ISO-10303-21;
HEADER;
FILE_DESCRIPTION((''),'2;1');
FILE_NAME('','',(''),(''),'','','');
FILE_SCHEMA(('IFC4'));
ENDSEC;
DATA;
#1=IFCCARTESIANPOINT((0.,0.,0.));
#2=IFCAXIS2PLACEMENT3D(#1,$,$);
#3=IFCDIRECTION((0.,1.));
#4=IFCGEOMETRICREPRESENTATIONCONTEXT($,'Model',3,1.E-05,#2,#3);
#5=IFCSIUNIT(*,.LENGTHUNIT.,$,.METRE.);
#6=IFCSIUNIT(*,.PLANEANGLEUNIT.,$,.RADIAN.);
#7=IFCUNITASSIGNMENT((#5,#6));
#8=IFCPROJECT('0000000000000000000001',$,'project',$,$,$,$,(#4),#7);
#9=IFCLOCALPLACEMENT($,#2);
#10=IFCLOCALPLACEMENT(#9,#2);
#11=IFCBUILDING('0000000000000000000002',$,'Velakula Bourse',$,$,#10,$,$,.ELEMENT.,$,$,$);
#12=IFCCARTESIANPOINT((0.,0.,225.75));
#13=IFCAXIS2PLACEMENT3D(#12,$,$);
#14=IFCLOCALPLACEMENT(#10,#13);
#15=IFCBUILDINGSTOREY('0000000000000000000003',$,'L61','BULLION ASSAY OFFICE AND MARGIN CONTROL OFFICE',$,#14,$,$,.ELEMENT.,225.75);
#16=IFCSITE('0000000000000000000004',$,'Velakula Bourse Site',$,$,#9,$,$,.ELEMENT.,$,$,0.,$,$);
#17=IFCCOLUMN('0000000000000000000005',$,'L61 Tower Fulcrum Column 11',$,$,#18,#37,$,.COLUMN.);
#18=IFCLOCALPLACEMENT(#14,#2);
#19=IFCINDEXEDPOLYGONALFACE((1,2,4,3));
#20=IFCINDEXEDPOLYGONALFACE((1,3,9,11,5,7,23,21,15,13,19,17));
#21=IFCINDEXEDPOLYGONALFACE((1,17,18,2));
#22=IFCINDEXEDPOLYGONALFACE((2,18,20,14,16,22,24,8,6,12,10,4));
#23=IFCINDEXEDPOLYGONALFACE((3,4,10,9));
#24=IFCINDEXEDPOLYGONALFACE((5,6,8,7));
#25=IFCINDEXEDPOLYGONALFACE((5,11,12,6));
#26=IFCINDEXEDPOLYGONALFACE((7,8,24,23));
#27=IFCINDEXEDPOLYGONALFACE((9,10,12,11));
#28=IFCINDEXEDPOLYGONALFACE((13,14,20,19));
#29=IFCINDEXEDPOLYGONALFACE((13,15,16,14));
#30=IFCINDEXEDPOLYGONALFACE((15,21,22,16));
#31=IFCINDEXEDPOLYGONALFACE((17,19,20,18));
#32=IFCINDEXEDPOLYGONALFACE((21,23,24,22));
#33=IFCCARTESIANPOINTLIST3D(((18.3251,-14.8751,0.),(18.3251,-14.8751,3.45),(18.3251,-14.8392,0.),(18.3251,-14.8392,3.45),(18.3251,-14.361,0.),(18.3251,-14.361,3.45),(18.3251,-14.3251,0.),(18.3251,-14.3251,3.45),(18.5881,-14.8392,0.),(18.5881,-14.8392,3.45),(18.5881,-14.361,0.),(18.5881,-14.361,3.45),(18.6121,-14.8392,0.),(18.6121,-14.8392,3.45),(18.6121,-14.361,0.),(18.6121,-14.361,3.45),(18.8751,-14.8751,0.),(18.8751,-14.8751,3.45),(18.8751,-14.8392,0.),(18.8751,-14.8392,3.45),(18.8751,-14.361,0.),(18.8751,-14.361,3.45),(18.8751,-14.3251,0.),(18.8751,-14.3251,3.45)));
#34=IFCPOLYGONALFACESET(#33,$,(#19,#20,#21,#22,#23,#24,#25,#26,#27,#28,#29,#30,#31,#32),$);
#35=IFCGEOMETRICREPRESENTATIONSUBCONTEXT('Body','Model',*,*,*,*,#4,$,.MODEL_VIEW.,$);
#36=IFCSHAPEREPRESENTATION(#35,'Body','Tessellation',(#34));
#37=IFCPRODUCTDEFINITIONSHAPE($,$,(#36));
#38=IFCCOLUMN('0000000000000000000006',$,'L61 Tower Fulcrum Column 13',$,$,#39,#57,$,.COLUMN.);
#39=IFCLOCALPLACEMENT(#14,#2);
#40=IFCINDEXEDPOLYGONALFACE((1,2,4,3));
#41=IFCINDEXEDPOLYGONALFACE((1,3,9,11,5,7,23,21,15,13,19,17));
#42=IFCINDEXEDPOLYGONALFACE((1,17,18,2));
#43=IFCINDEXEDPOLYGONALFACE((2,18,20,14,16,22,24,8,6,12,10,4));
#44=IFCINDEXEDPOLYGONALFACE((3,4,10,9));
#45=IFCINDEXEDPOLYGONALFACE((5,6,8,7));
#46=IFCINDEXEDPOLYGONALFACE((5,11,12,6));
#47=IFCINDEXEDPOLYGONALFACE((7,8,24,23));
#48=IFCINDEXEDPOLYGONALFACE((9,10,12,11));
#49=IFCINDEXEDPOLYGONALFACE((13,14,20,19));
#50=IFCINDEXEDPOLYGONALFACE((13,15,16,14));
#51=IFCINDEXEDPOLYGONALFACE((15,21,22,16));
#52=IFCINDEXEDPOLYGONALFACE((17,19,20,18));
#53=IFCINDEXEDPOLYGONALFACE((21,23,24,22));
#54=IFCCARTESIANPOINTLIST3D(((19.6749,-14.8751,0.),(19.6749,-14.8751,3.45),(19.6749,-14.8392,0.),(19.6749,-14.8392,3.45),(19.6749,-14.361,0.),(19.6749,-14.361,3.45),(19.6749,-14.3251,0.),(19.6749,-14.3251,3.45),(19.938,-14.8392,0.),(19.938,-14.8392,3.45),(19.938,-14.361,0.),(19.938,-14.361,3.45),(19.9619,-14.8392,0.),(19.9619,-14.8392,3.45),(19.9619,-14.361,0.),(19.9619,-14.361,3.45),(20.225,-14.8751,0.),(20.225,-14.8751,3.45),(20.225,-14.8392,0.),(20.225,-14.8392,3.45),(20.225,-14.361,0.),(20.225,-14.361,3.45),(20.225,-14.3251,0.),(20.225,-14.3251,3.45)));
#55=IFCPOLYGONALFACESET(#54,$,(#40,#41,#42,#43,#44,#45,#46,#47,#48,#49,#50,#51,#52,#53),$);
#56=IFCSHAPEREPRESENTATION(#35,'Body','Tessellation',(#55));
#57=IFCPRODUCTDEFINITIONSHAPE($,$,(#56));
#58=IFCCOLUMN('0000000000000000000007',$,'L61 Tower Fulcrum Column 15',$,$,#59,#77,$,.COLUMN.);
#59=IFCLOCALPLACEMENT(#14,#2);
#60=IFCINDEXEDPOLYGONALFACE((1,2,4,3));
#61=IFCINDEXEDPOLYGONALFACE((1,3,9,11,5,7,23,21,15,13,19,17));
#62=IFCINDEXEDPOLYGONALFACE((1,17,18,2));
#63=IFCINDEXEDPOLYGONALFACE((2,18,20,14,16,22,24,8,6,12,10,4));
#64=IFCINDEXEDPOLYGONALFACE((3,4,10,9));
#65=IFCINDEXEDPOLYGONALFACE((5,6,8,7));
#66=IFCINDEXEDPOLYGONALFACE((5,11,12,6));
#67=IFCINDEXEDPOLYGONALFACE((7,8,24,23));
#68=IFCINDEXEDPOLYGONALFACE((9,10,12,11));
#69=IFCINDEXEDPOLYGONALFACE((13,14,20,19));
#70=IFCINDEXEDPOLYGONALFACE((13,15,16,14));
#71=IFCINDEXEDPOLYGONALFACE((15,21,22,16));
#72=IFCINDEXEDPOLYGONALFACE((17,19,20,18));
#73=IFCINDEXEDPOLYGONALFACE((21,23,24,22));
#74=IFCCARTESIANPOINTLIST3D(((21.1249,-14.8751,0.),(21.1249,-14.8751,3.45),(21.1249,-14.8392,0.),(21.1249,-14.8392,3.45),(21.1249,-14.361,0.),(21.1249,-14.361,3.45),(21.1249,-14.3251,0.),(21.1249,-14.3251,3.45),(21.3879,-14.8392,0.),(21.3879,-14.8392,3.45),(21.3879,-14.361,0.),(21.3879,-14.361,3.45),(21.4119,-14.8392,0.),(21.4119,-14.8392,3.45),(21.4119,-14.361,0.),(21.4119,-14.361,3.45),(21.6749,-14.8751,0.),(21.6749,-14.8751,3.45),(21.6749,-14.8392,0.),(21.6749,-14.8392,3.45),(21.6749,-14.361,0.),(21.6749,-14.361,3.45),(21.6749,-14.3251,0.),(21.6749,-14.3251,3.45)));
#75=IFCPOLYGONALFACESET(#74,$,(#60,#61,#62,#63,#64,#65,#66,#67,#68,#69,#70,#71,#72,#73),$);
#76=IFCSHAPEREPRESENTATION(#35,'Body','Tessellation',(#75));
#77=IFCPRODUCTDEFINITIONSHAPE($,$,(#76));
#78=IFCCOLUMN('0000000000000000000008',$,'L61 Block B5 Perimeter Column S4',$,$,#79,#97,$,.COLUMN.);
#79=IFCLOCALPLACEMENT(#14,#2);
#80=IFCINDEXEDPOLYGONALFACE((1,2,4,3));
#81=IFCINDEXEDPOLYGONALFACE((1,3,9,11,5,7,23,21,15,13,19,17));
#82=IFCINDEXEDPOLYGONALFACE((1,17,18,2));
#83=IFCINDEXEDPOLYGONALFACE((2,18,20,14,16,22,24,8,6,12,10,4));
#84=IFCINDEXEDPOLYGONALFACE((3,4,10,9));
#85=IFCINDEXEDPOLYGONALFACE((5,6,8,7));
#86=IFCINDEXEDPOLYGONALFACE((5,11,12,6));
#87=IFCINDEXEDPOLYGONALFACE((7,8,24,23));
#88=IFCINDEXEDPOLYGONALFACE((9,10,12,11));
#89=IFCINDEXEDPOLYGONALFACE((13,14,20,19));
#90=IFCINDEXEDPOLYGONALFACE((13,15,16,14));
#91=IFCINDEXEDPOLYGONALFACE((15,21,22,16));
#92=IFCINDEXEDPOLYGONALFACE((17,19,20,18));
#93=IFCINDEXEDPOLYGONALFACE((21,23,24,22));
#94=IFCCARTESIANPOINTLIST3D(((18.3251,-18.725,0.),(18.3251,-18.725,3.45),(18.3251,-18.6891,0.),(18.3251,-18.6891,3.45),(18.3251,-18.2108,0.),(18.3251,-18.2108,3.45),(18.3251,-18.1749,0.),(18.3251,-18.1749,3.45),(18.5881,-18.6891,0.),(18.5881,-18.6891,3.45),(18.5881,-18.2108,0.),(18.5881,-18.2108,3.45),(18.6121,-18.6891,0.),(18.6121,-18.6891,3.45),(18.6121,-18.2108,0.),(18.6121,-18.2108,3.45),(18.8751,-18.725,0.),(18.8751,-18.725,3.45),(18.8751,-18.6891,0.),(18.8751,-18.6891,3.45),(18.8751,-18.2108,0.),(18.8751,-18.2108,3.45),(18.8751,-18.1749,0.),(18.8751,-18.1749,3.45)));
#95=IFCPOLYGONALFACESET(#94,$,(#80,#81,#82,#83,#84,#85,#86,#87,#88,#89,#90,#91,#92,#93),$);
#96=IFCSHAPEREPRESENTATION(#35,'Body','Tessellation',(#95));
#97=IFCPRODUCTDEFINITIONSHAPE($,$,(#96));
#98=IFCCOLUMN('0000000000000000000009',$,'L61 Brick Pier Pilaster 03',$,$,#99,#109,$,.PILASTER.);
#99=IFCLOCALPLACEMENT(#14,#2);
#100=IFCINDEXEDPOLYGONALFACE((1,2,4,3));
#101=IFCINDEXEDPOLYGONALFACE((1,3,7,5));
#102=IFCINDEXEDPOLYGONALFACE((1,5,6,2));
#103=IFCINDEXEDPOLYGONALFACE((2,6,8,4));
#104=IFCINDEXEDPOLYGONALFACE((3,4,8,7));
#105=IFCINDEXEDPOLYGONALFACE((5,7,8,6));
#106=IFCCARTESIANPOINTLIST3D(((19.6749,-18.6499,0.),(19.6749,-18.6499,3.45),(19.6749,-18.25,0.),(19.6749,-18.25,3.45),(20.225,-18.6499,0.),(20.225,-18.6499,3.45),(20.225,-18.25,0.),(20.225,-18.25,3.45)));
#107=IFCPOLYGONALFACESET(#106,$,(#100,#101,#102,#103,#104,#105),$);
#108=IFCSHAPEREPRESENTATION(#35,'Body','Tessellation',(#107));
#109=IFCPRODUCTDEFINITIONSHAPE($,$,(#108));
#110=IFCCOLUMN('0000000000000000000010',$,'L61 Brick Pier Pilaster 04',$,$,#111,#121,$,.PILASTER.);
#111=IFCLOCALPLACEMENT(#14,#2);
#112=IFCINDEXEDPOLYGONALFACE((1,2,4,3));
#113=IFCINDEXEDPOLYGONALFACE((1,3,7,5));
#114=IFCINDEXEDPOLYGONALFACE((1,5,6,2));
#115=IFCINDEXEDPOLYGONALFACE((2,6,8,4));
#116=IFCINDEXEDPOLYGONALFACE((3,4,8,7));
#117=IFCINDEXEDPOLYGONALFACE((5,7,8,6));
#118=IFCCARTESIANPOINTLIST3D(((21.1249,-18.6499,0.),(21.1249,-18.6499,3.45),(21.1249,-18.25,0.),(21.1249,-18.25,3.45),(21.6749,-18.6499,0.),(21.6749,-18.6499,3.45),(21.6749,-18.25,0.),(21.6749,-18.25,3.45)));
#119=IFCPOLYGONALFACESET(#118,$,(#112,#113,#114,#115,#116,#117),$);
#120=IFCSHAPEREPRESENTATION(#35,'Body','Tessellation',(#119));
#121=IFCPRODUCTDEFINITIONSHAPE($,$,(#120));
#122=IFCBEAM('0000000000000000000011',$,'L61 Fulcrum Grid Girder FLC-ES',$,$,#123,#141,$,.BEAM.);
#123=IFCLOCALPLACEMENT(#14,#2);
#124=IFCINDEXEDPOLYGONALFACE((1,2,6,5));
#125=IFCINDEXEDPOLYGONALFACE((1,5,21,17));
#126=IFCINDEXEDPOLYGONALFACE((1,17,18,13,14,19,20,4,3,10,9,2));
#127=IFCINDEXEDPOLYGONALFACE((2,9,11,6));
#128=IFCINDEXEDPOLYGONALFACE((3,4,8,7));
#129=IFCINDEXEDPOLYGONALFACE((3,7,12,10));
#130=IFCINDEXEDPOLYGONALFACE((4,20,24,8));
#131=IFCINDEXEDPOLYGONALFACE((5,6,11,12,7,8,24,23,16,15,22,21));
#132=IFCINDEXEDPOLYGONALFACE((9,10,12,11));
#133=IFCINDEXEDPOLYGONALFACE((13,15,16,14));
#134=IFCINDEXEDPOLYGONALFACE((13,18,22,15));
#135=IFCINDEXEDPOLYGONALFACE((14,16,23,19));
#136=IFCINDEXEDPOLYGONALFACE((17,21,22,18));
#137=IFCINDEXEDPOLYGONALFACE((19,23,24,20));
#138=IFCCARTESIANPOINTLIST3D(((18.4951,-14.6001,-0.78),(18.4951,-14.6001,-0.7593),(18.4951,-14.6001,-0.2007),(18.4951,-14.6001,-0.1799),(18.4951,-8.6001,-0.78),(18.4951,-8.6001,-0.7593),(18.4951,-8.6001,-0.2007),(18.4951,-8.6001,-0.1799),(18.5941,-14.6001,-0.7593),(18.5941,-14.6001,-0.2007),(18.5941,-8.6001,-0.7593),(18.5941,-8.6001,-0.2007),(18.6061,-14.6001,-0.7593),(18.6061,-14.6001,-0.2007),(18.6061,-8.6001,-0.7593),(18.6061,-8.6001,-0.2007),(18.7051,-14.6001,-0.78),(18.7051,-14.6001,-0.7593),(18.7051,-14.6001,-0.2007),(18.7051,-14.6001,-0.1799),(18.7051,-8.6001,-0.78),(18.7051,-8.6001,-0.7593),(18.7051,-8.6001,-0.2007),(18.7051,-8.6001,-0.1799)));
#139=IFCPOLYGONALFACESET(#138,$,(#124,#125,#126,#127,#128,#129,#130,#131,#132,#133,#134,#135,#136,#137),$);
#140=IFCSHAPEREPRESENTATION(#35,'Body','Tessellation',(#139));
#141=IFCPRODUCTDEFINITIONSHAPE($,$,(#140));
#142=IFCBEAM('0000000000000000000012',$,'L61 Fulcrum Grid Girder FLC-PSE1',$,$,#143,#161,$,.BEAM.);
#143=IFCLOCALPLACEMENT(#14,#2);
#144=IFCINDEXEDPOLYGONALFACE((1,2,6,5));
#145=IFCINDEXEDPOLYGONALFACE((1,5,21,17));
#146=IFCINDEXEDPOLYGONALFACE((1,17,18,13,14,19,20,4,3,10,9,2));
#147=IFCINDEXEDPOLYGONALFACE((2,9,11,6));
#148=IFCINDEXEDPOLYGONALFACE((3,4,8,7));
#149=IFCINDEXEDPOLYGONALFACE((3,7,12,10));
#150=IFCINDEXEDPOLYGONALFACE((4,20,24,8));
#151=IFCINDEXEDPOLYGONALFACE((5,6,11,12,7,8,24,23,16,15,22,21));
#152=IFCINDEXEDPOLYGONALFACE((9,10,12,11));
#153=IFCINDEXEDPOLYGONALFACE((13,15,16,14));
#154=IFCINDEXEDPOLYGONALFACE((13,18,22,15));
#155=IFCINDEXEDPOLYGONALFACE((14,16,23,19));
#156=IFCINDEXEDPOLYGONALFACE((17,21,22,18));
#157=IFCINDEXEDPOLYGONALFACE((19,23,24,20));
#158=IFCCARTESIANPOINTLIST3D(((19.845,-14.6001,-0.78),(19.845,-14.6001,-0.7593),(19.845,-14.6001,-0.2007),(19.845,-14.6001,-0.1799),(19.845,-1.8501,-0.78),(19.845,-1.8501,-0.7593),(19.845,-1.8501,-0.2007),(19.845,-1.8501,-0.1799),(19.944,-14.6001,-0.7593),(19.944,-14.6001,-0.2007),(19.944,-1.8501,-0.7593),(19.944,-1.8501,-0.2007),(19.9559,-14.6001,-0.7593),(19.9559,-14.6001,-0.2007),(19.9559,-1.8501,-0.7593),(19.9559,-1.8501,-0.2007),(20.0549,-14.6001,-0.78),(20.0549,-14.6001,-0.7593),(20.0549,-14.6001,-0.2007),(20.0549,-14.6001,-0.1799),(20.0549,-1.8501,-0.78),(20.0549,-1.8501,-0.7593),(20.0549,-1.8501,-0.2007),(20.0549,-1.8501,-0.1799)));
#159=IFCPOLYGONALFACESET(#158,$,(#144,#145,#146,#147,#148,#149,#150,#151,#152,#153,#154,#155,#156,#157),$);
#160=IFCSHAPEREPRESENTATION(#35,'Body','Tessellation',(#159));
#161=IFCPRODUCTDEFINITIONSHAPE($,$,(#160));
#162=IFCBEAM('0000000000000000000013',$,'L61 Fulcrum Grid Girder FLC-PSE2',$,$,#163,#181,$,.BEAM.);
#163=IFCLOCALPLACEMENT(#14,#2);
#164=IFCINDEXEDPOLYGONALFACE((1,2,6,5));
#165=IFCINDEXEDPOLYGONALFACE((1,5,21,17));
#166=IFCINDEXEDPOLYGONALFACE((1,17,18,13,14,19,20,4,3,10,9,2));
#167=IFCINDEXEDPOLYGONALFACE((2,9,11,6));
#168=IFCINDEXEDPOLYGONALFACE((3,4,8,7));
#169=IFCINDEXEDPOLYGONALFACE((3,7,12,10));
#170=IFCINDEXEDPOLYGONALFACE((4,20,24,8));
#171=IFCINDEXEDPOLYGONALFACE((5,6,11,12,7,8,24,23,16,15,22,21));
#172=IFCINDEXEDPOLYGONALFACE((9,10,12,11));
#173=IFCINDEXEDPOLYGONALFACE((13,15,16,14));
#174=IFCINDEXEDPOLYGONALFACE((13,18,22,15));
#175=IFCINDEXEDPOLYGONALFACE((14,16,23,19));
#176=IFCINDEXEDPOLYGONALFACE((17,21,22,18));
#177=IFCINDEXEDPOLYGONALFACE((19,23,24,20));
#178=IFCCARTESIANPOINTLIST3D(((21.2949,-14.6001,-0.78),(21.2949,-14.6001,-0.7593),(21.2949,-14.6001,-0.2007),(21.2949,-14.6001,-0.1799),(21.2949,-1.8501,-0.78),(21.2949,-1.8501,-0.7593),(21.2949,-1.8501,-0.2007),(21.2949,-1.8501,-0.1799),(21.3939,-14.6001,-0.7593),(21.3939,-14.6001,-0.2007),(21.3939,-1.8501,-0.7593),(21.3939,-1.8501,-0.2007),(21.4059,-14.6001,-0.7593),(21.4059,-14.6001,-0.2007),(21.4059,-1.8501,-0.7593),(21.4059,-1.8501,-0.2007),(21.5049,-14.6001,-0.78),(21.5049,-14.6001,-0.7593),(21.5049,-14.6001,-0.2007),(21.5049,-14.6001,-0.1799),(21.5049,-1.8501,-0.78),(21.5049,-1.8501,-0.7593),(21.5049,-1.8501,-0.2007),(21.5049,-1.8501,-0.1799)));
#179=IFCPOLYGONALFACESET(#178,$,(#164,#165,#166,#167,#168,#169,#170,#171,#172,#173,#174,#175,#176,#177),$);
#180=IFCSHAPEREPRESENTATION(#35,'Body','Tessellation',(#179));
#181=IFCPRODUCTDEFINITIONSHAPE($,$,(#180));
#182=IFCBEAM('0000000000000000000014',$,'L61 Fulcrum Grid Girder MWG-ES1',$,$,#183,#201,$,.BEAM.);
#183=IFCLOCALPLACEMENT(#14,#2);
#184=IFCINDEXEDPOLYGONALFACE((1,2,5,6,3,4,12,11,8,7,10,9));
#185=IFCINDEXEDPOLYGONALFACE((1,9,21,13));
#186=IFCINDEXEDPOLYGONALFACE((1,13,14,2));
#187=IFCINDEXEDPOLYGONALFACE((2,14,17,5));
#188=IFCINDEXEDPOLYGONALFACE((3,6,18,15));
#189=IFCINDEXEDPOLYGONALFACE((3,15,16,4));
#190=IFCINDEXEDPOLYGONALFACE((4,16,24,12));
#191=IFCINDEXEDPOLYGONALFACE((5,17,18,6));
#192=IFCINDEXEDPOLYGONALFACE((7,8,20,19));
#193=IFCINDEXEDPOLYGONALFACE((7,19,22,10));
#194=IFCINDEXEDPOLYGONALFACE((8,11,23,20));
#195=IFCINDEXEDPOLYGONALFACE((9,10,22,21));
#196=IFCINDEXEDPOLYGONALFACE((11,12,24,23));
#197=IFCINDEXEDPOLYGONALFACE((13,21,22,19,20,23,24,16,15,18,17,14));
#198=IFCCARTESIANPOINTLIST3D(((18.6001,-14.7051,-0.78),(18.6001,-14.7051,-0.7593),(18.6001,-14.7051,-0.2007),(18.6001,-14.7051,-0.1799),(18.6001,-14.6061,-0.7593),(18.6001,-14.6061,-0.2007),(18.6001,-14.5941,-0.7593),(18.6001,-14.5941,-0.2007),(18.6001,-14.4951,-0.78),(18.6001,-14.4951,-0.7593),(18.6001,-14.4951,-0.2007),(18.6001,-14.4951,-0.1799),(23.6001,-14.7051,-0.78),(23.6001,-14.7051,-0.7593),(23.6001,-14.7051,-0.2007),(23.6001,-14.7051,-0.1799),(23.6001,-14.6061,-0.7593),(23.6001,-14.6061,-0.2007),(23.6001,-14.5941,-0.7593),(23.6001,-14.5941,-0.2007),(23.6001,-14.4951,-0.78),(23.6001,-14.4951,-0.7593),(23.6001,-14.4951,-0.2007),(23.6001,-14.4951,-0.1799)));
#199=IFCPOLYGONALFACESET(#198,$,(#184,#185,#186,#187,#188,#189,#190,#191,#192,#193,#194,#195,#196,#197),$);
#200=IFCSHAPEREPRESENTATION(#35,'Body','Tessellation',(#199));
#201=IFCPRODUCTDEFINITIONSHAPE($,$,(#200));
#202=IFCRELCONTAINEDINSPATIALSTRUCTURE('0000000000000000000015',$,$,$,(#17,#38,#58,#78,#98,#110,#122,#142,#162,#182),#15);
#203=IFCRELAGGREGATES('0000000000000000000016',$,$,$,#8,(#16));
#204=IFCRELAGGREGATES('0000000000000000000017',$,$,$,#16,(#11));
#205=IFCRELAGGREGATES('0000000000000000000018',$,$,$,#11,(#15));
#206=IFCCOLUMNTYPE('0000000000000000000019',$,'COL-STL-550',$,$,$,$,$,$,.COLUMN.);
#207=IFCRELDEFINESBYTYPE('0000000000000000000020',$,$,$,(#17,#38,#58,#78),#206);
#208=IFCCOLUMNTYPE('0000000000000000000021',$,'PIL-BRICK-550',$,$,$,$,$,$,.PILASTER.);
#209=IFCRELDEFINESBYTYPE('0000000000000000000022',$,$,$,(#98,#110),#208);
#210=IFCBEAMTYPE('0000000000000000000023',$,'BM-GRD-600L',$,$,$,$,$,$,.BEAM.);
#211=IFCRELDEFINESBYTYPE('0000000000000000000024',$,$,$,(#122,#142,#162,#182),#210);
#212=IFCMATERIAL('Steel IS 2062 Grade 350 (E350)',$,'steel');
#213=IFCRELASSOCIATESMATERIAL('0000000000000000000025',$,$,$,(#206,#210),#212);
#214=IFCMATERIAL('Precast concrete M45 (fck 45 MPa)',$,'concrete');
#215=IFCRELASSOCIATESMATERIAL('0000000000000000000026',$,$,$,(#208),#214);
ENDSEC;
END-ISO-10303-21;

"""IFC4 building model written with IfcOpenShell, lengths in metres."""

from ifc_helpers import new_model, si_unit, direction, frame, origin, origin_2d, place, context, subcontext, project, spatial, rectangle, i_section, extrude, material, material_profile, profile_set, type_object, element, save


model = new_model("IFC4")

# Units and contexts
model_context = context("Model", 3, precision=1e-05, world=origin(), true_north=direction((0.0, 1.0)))
body_context = subcontext(model_context, "Body", "Model", "MODEL_VIEW")
ifc_project = project(units=[si_unit("LENGTHUNIT", "METRE"), si_unit("PLANEANGLEUNIT", "RADIAN")], contexts=[model_context])

# Site, building, storey
site_placement = place(None, origin())
site = spatial("IfcSite", under=ifc_project, at=site_placement, Name="Velakula Bourse Site", CompositionType="ELEMENT", RefElevation=0.0)
building_placement = place(site_placement, origin())
building = spatial("IfcBuilding", under=site, at=building_placement, Name="Velakula Bourse", CompositionType="ELEMENT")
storey_placement = place(building_placement, frame((0.0, 0.0, 225.75)))
storey = spatial("IfcBuildingStorey", under=building, at=storey_placement, Name="L61", Description="BULLION ASSAY OFFICE AND MARGIN CONTROL OFFICE", CompositionType="ELEMENT", Elevation=225.75)

# Columns
ifc_material_1 = material(Name="Steel IS 2062 Grade 350 (E350)", Category="steel")
ifc_material_profile_1 = material_profile(ifc_material_1, i_section(OverallWidth=0.55, OverallDepth=0.55, WebThickness=0.0239, FlangeThickness=0.0359, at=origin_2d()), Name="Steel IS 2062 Grade 350 (E350)")
ifc_profile_set_1 = profile_set([ifc_material_profile_1], Name="Steel IS 2062 Grade 350 (E350)")
column_type_1 = type_object("IfcColumnType", Name="COL-STL-550", PredefinedType="COLUMN", material=ifc_profile_set_1)
for number, where, z_axis, x_axis, name in (
    (1, (18.6001, -14.6001, 0.0), (0.0, 0.0, 1.0), (1.0, 0.0, 0.0), "L61 Tower Fulcrum Column 11"),
    (2, (19.95, -14.6001, 0.0), (0.0, 0.0, 1.0), (1.0, 0.0, 0.0), "L61 Tower Fulcrum Column 13"),
    (3, (21.3999, -14.6001, 0.0), (0.0, 0.0, 1.0), (1.0, 0.0, 0.0), "L61 Tower Fulcrum Column 15"),
    (4, (18.6001, -18.45, 0.0), (0.0, 0.0, 1.0), (1.0, 0.0, 0.0), "L61 Block B5 Perimeter Column S4"),
):
    element("IfcColumn", number, at=place(storey_placement, frame(where, z_axis=z_axis, x_axis=x_axis)), inside=storey, type_object=column_type_1, Name=name, PredefinedType="COLUMN", context=body_context, shape_type="SweptSolid", body=[
        extrude(i_section(OverallWidth=0.55, OverallDepth=0.55, WebThickness=0.0239, FlangeThickness=0.0359, at=origin_2d()), origin(), (0.0, 0.0, 1.0), 3.45),
    ])
ifc_material_2 = material(Name="Precast concrete M45 (fck 45 MPa)", Category="concrete")
ifc_material_profile_2 = material_profile(ifc_material_2, rectangle(XDim=0.55, YDim=0.3999, at=origin_2d()), Name="Precast concrete M45 (fck 45 MPa)")
ifc_profile_set_2 = profile_set([ifc_material_profile_2], Name="Precast concrete M45 (fck 45 MPa)")
column_type_2 = type_object("IfcColumnType", Name="PIL-BRICK-550", PredefinedType="PILASTER", material=ifc_profile_set_2)
for number, where, z_axis, x_axis, name in (
    (5, (19.95, -18.45, 0.0), (0.0, 0.0, 1.0), (1.0, 0.0, 0.0), "L61 Brick Pier Pilaster 03"),
    (6, (21.3999, -18.45, 0.0), (0.0, 0.0, 1.0), (1.0, 0.0, 0.0), "L61 Brick Pier Pilaster 04"),
):
    element("IfcColumn", number, at=place(storey_placement, frame(where, z_axis=z_axis, x_axis=x_axis)), inside=storey, type_object=column_type_2, Name=name, PredefinedType="PILASTER", context=body_context, shape_type="SweptSolid", body=[
        extrude(rectangle(XDim=0.55, YDim=0.3999, at=origin_2d()), origin(), (0.0, 0.0, 1.0), 3.45),
    ])

# Beams
ifc_material_profile_3 = material_profile(ifc_material_1, i_section(OverallWidth=0.21, OverallDepth=0.6001, WebThickness=0.012, FlangeThickness=0.0208, at=origin_2d()), Name="Steel IS 2062 Grade 350 (E350)")
ifc_profile_set_3 = profile_set([ifc_material_profile_3], Name="Steel IS 2062 Grade 350 (E350)")
beam_type_1 = type_object("IfcBeamType", Name="BM-GRD-600L", PredefinedType="BEAM", material=ifc_profile_set_3)
beam_1_placement = place(storey_placement, frame((18.6001, -14.6001, -0.48), z_axis=(0.0, 1.0, 0.0), x_axis=(-1.0, 0.0, 0.0)))
element("IfcBeam", 7, at=beam_1_placement, inside=storey, type_object=beam_type_1, Name="L61 Fulcrum Grid Girder FLC-ES", PredefinedType="BEAM", context=body_context, shape_type="SweptSolid", body=[
    extrude(i_section(OverallWidth=0.21, OverallDepth=0.6001, WebThickness=0.012, FlangeThickness=0.0208, at=origin_2d()), origin(), (0.0, 0.0, 1.0), 6.0),
])
for number, where, z_axis, x_axis, name in (
    (8, (19.95, -14.6001, -0.48), (0.0, 1.0, 0.0), (-1.0, 0.0, 0.0), "L61 Fulcrum Grid Girder FLC-PSE1"),
    (9, (21.3999, -14.6001, -0.48), (0.0, 1.0, 0.0), (-1.0, 0.0, 0.0), "L61 Fulcrum Grid Girder FLC-PSE2"),
):
    element("IfcBeam", number, at=place(storey_placement, frame(where, z_axis=z_axis, x_axis=x_axis)), inside=storey, type_object=beam_type_1, Name=name, PredefinedType="BEAM", context=body_context, shape_type="SweptSolid", body=[
        extrude(i_section(OverallWidth=0.21, OverallDepth=0.6001, WebThickness=0.012, FlangeThickness=0.0208, at=origin_2d()), origin(), (0.0, 0.0, 1.0), 12.75),
    ])
beam_2_placement = place(storey_placement, frame((18.6001, -14.6001, -0.48), z_axis=(1.0, 0.0, 0.0), x_axis=(0.0, 1.0, 0.0)))
element("IfcBeam", 10, at=beam_2_placement, inside=storey, type_object=beam_type_1, Name="L61 Fulcrum Grid Girder MWG-ES1", PredefinedType="BEAM", context=body_context, shape_type="SweptSolid", body=[
    extrude(i_section(OverallWidth=0.21, OverallDepth=0.6001, WebThickness=0.012, FlangeThickness=0.0208, at=origin_2d()), origin(), (0.0, 0.0, 1.0), 5.0),
])

save(model, "model.ifc")
